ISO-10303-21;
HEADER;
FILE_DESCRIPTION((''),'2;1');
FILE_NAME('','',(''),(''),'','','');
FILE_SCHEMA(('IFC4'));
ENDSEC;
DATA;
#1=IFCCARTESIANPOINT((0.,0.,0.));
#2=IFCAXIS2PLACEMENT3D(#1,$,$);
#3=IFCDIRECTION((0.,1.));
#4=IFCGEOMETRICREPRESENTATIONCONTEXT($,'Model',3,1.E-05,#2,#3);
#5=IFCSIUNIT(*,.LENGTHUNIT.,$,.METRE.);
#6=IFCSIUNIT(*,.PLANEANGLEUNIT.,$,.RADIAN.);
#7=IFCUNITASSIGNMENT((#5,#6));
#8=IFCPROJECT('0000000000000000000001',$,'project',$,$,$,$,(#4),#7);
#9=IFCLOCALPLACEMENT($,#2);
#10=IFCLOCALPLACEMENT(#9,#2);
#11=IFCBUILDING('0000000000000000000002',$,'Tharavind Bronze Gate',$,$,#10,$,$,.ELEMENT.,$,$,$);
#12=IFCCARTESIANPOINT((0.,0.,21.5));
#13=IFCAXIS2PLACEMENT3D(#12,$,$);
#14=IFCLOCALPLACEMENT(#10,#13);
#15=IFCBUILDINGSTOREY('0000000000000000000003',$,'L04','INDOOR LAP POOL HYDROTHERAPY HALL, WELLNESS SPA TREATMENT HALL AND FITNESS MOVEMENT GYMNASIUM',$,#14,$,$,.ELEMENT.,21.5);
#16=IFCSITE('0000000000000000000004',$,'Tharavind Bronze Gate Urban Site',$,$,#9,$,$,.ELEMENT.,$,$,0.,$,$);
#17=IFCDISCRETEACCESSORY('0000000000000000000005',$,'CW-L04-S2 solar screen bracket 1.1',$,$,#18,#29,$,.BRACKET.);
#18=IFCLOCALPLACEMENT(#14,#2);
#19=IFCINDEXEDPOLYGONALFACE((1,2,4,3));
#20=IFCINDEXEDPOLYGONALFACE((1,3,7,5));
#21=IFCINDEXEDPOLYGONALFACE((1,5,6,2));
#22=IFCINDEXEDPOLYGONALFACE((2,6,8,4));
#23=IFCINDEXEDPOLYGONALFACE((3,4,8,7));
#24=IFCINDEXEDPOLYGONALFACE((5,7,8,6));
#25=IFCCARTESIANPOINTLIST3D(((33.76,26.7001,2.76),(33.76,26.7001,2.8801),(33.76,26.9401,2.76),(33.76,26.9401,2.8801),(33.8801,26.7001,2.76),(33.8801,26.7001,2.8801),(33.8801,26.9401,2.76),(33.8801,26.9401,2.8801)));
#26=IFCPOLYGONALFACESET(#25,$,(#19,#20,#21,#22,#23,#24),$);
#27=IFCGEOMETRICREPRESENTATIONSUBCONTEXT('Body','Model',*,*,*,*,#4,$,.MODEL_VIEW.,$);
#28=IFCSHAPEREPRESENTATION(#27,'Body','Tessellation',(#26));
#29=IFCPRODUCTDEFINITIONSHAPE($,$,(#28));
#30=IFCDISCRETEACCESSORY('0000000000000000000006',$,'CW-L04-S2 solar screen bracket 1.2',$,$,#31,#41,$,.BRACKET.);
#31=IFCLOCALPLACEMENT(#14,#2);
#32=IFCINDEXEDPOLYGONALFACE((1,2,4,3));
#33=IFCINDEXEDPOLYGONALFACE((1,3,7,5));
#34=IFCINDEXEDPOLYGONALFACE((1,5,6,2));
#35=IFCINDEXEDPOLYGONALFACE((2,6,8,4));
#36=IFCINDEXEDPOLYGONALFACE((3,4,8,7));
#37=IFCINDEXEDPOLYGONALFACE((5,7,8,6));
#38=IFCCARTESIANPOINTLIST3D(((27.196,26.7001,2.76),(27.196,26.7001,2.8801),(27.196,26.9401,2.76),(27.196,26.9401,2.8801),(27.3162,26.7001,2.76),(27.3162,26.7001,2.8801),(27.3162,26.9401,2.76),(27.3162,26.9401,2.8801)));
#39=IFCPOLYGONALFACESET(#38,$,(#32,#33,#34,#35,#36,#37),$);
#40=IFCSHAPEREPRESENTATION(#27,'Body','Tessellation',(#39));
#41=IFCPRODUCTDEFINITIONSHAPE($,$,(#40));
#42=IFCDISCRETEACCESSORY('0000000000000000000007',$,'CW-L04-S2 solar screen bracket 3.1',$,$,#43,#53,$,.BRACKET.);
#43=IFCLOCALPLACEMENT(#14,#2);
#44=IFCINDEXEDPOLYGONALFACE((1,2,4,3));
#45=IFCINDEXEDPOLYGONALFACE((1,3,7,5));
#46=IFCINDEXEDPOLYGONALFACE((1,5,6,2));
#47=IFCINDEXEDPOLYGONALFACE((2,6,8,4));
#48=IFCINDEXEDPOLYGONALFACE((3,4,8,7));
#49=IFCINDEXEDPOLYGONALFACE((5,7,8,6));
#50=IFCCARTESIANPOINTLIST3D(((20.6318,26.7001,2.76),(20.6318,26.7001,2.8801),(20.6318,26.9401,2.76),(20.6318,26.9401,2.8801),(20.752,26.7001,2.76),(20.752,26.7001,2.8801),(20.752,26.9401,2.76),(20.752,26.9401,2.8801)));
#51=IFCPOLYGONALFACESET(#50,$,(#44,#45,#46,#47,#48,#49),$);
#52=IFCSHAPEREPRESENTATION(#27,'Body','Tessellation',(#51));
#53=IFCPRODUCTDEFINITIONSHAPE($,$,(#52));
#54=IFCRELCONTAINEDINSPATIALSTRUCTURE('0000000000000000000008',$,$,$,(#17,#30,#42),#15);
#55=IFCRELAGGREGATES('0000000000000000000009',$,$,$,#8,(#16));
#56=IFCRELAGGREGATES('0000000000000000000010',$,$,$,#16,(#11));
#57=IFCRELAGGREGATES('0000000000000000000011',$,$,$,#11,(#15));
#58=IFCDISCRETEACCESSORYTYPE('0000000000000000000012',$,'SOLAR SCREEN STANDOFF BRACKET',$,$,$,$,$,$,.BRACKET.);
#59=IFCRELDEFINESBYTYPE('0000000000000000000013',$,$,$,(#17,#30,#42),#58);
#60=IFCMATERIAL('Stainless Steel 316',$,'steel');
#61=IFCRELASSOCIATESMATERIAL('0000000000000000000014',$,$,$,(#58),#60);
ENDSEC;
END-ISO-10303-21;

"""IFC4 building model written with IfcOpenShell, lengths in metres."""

from ifc_helpers import new_model, si_unit, direction, frame, origin, origin_2d, place, context, subcontext, project, spatial, rectangle, extrude, material, type_object, element, save


model = new_model("IFC4")

# Units and contexts
model_context = context("Model", 3, precision=1e-05, world=origin(), true_north=direction((0.0, 1.0)))
body_context = subcontext(model_context, "Body", "Model", "MODEL_VIEW")
ifc_project = project(units=[si_unit("LENGTHUNIT", "METRE"), si_unit("PLANEANGLEUNIT", "RADIAN")], contexts=[model_context])

# Site, building, storey
site_placement = place(None, origin())
site = spatial("IfcSite", under=ifc_project, at=site_placement, Name="Tharavind Bronze Gate Urban Site", CompositionType="ELEMENT", RefElevation=0.0)
building_placement = place(site_placement, origin())
building = spatial("IfcBuilding", under=site, at=building_placement, Name="Tharavind Bronze Gate", CompositionType="ELEMENT")
storey_placement = place(building_placement, frame((0.0, 0.0, 21.5)))
storey = spatial("IfcBuildingStorey", under=building, at=storey_placement, Name="L04", Description="INDOOR LAP POOL HYDROTHERAPY HALL, WELLNESS SPA TREATMENT HALL AND FITNESS MOVEMENT GYMNASIUM", CompositionType="ELEMENT", Elevation=21.5)

# Discrete accessories
ifc_material_1 = material(Name="Stainless Steel 316", Category="steel")
discrete_accessory_type = type_object("IfcDiscreteAccessoryType", Name="SOLAR SCREEN STANDOFF BRACKET", PredefinedType="BRACKET", material=ifc_material_1)
for number, where, z_axis, x_axis, name in (
    (1, (33.8201, 26.8201, 2.76), (0.0, 0.0, 1.0), (-1.0, 0.0, 0.0), "CW-L04-S2 solar screen bracket 1.1"),
    (2, (27.2561, 26.8201, 2.76), (0.0, 0.0, 1.0), (-1.0, 0.0, 0.0), "CW-L04-S2 solar screen bracket 1.2"),
    (3, (20.6919, 26.8201, 2.76), (0.0, 0.0, 1.0), (-1.0, 0.0, 0.0), "CW-L04-S2 solar screen bracket 3.1"),
):
    element("IfcDiscreteAccessory", number, at=place(storey_placement, frame(where, z_axis=z_axis, x_axis=x_axis)), inside=storey, type_object=discrete_accessory_type, Name=name, PredefinedType="BRACKET", context=body_context, shape_type="SweptSolid", body=[
        extrude(rectangle(XDim=0.1201, YDim=0.24, at=origin_2d()), origin(), (0.0, 0.0, 1.0), 0.1201),
    ])

save(model, "model.ifc")
